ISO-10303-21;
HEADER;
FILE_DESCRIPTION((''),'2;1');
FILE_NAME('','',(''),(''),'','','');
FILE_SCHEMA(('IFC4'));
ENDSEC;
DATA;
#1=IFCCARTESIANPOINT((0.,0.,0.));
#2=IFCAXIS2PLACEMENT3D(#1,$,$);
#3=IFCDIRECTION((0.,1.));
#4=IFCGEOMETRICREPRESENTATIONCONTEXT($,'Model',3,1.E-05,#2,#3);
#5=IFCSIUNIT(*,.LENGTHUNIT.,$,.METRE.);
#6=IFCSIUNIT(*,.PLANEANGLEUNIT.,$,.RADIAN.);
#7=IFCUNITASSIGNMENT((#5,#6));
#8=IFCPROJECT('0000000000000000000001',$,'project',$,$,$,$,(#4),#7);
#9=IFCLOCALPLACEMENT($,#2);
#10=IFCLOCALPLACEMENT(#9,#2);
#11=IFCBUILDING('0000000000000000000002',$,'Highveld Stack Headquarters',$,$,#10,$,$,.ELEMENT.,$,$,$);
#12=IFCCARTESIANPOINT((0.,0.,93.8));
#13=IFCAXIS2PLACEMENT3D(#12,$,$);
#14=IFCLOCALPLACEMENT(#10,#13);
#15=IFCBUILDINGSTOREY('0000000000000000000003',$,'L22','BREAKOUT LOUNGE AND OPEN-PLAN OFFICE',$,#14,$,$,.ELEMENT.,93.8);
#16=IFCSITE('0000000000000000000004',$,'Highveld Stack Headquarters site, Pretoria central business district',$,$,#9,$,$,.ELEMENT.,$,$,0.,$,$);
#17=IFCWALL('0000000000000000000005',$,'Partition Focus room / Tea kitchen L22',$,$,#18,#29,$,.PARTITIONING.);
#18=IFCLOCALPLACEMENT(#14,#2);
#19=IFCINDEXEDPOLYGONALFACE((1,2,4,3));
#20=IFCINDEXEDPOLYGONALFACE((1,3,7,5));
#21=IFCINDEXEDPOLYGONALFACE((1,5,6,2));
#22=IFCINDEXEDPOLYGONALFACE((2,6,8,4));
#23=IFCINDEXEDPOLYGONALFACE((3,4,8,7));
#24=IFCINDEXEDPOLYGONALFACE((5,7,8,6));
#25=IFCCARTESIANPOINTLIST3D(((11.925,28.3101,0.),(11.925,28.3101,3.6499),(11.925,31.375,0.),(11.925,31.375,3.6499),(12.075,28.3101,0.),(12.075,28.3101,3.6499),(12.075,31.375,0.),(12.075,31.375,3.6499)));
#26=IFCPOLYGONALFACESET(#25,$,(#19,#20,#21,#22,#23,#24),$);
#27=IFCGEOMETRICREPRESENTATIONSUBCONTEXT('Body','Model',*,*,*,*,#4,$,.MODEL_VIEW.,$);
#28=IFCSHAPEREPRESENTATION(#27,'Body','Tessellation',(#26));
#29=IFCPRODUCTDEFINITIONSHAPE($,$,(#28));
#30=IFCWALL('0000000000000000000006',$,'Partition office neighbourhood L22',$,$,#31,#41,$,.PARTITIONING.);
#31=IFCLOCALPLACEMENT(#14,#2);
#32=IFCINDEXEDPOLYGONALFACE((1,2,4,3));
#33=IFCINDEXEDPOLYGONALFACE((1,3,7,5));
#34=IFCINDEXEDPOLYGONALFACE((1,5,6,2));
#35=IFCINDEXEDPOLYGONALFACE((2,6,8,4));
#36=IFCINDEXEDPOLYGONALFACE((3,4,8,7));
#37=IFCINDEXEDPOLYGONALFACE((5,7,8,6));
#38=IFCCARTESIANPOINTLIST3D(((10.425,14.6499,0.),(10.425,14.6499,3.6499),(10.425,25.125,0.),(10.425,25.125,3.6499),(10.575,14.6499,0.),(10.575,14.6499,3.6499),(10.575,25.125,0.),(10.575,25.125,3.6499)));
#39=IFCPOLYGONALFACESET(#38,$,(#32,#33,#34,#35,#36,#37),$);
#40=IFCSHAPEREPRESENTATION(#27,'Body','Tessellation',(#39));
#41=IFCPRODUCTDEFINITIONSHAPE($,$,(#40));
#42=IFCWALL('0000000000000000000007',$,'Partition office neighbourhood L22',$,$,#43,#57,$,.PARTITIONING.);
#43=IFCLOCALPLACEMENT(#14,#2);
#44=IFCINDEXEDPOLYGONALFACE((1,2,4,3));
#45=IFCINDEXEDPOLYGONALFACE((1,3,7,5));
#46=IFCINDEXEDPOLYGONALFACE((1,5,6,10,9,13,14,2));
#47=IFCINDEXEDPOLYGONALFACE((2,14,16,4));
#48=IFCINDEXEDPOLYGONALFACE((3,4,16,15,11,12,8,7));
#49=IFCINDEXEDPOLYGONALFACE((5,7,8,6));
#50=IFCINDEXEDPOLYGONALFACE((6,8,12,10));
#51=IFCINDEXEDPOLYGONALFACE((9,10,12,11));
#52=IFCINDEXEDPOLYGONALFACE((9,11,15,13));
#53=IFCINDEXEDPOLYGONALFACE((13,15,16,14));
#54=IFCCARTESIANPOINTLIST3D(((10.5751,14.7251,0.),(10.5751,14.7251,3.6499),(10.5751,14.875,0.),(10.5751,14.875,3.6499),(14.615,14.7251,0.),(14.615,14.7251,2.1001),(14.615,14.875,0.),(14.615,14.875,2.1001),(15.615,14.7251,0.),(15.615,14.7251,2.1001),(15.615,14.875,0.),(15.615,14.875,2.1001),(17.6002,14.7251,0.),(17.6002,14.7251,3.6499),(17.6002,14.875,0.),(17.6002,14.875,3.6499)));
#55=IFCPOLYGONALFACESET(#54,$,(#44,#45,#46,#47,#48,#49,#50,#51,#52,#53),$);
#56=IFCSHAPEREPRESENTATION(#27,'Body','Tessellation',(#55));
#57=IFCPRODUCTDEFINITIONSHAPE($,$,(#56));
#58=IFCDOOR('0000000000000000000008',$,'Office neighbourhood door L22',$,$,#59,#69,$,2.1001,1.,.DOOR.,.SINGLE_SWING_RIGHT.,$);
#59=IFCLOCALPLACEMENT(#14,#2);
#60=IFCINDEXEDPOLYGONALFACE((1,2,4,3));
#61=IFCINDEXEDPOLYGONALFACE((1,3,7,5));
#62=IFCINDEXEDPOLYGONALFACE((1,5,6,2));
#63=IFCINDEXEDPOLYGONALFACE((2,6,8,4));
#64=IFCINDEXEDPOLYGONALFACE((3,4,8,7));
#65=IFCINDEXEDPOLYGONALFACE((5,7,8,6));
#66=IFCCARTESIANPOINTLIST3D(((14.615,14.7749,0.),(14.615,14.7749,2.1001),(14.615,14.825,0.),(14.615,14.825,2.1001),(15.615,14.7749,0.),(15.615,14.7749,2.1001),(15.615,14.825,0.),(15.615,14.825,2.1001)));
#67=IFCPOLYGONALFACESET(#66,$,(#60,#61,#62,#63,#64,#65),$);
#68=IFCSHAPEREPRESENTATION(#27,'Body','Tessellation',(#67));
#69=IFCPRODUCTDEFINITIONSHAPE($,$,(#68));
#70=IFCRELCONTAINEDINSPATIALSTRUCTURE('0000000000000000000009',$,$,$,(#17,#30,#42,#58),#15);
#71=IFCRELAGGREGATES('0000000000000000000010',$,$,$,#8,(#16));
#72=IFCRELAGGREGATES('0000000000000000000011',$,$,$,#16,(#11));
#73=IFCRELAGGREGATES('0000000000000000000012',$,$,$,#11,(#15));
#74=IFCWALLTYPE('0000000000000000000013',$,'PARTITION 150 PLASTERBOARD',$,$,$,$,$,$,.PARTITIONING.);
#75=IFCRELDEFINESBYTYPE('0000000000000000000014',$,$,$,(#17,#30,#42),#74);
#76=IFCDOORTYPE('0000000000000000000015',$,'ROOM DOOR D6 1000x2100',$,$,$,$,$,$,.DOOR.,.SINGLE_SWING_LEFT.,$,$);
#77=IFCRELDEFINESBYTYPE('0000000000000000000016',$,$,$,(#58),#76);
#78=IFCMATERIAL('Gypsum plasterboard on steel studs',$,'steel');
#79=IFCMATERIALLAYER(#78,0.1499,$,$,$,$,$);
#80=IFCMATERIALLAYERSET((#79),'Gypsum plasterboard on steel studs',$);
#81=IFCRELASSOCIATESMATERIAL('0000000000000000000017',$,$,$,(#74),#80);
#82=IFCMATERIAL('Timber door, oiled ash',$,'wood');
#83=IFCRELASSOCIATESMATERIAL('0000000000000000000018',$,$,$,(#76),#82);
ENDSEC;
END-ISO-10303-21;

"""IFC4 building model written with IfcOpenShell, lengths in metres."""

from ifc_helpers import new_model, si_unit, direction, frame, frame_2d, origin, place, context, subcontext, project, spatial, rectangle, extrude, material, layer, layer_set, type_object, element, fill, save


model = new_model("IFC4")

# Units and contexts
model_context = context("Model", 3, precision=1e-05, world=origin(), true_north=direction((0.0, 1.0)))
body_context = subcontext(model_context, "Body", "Model", "MODEL_VIEW")
ifc_project = project(units=[si_unit("LENGTHUNIT", "METRE"), si_unit("PLANEANGLEUNIT", "RADIAN")], contexts=[model_context])

# Site, building, storey
site_placement = place(None, origin())
site = spatial("IfcSite", under=ifc_project, at=site_placement, Name="Highveld Stack Headquarters site, Pretoria central business district", CompositionType="ELEMENT", RefElevation=0.0)
building_placement = place(site_placement, origin())
building = spatial("IfcBuilding", under=site, at=building_placement, Name="Highveld Stack Headquarters", CompositionType="ELEMENT")
storey_placement = place(building_placement, frame((0.0, 0.0, 93.8)))
storey = spatial("IfcBuildingStorey", under=building, at=storey_placement, Name="L22", Description="BREAKOUT LOUNGE AND OPEN-PLAN OFFICE", CompositionType="ELEMENT", Elevation=93.8)

# Shared definitions
ifc_material_1 = material(Name="Gypsum plasterboard on steel studs", Category="steel")
ifc_layer_1 = layer(ifc_material_1, 0.1499)
ifc_layer_set_1 = layer_set([ifc_layer_1], Name="Gypsum plasterboard on steel studs")
wall_type = type_object("IfcWallType", Name="PARTITION 150 PLASTERBOARD", PredefinedType="PARTITIONING", material=ifc_layer_set_1)

# Shared definitions
ifc_material_2 = material(Name="Timber door, oiled ash", Category="wood")
door_type = type_object("IfcDoorType", Name="ROOM DOOR D6 1000x2100", OperationType="SINGLE_SWING_LEFT", PredefinedType="DOOR", material=ifc_material_2)

# Walls
wall_1_placement = place(storey_placement, frame((12.0, 28.3101, 0.0), z_axis=(0.0, 0.0, 1.0), x_axis=(0.0, 1.0, 0.0)))
element("IfcWall", 1, at=wall_1_placement, inside=storey, type_object=wall_type, Name="Partition Focus room / Tea kitchen L22", PredefinedType="PARTITIONING", context=body_context, shape_type="SweptSolid", body=[
    extrude(rectangle(XDim=3.0649, YDim=0.1499, at=frame_2d((1.5325, 0.0))), origin(), (0.0, 0.0, 1.0), 3.6499),
])
wall_2_placement = place(storey_placement, frame((10.5, 14.6499, 0.0), z_axis=(0.0, 0.0, 1.0), x_axis=(0.0, 1.0, 0.0)))
element("IfcWall", 2, at=wall_2_placement, inside=storey, type_object=wall_type, Name="Partition office neighbourhood L22", PredefinedType="PARTITIONING", context=body_context, shape_type="SweptSolid", body=[
    extrude(rectangle(XDim=10.4751, YDim=0.1499, at=frame_2d((5.2375, 0.0))), origin(), (0.0, 0.0, 1.0), 3.6499),
])

# Wall, opening, door
wall_3_placement = place(storey_placement, frame((10.575, 14.8, 0.0), z_axis=(0.0, 0.0, 1.0), x_axis=(1.0, 0.0, 0.0)))
wall_3 = element("IfcWall", 3, at=wall_3_placement, inside=storey, type_object=wall_type, Name="Partition office neighbourhood L22", PredefinedType="PARTITIONING", context=body_context, shape_type="SweptSolid", body=[
    extrude(rectangle(XDim=7.0251, YDim=0.1499, at=frame_2d((3.5127, 0.0))), origin(), (0.0, 0.0, 1.0), 3.6499),
])
opening_1_placement = place(wall_3_placement, frame((4.04, 0.0, 0.0)))
opening_1 = element("IfcOpeningElement", 4, at=opening_1_placement, cuts=wall_3, PredefinedType="OPENING", context=body_context, shape_type="SweptSolid", body=[
    extrude(rectangle(XDim=1.0, YDim=2.1001, at=frame_2d((0.5, 1.05))), frame((0.0, 0.085, 0.0), z_axis=(0.0, -1.0, 0.0), x_axis=(1.0, 0.0, 0.0)), (0.0, 0.0, 1.0), 0.1699),
])
door_1_placement = place(opening_1_placement, origin())
door_1 = element("IfcDoor", 5, at=door_1_placement, inside=storey, type_object=door_type, Name="Office neighbourhood door L22", OperationType="SINGLE_SWING_RIGHT", OverallHeight=2.1001, OverallWidth=1.0, PredefinedType="DOOR", context=body_context, shape_type="SweptSolid", body=[
    extrude(rectangle(XDim=1.0, YDim=2.1001, at=frame_2d((0.5, 1.05))), frame((0.0, 0.0249, 0.0), z_axis=(0.0, -1.0, 0.0), x_axis=(1.0, 0.0, 0.0)), (0.0, 0.0, 1.0), 0.05),
])
fill(opening_1, door_1)

save(model, "model.ifc")
